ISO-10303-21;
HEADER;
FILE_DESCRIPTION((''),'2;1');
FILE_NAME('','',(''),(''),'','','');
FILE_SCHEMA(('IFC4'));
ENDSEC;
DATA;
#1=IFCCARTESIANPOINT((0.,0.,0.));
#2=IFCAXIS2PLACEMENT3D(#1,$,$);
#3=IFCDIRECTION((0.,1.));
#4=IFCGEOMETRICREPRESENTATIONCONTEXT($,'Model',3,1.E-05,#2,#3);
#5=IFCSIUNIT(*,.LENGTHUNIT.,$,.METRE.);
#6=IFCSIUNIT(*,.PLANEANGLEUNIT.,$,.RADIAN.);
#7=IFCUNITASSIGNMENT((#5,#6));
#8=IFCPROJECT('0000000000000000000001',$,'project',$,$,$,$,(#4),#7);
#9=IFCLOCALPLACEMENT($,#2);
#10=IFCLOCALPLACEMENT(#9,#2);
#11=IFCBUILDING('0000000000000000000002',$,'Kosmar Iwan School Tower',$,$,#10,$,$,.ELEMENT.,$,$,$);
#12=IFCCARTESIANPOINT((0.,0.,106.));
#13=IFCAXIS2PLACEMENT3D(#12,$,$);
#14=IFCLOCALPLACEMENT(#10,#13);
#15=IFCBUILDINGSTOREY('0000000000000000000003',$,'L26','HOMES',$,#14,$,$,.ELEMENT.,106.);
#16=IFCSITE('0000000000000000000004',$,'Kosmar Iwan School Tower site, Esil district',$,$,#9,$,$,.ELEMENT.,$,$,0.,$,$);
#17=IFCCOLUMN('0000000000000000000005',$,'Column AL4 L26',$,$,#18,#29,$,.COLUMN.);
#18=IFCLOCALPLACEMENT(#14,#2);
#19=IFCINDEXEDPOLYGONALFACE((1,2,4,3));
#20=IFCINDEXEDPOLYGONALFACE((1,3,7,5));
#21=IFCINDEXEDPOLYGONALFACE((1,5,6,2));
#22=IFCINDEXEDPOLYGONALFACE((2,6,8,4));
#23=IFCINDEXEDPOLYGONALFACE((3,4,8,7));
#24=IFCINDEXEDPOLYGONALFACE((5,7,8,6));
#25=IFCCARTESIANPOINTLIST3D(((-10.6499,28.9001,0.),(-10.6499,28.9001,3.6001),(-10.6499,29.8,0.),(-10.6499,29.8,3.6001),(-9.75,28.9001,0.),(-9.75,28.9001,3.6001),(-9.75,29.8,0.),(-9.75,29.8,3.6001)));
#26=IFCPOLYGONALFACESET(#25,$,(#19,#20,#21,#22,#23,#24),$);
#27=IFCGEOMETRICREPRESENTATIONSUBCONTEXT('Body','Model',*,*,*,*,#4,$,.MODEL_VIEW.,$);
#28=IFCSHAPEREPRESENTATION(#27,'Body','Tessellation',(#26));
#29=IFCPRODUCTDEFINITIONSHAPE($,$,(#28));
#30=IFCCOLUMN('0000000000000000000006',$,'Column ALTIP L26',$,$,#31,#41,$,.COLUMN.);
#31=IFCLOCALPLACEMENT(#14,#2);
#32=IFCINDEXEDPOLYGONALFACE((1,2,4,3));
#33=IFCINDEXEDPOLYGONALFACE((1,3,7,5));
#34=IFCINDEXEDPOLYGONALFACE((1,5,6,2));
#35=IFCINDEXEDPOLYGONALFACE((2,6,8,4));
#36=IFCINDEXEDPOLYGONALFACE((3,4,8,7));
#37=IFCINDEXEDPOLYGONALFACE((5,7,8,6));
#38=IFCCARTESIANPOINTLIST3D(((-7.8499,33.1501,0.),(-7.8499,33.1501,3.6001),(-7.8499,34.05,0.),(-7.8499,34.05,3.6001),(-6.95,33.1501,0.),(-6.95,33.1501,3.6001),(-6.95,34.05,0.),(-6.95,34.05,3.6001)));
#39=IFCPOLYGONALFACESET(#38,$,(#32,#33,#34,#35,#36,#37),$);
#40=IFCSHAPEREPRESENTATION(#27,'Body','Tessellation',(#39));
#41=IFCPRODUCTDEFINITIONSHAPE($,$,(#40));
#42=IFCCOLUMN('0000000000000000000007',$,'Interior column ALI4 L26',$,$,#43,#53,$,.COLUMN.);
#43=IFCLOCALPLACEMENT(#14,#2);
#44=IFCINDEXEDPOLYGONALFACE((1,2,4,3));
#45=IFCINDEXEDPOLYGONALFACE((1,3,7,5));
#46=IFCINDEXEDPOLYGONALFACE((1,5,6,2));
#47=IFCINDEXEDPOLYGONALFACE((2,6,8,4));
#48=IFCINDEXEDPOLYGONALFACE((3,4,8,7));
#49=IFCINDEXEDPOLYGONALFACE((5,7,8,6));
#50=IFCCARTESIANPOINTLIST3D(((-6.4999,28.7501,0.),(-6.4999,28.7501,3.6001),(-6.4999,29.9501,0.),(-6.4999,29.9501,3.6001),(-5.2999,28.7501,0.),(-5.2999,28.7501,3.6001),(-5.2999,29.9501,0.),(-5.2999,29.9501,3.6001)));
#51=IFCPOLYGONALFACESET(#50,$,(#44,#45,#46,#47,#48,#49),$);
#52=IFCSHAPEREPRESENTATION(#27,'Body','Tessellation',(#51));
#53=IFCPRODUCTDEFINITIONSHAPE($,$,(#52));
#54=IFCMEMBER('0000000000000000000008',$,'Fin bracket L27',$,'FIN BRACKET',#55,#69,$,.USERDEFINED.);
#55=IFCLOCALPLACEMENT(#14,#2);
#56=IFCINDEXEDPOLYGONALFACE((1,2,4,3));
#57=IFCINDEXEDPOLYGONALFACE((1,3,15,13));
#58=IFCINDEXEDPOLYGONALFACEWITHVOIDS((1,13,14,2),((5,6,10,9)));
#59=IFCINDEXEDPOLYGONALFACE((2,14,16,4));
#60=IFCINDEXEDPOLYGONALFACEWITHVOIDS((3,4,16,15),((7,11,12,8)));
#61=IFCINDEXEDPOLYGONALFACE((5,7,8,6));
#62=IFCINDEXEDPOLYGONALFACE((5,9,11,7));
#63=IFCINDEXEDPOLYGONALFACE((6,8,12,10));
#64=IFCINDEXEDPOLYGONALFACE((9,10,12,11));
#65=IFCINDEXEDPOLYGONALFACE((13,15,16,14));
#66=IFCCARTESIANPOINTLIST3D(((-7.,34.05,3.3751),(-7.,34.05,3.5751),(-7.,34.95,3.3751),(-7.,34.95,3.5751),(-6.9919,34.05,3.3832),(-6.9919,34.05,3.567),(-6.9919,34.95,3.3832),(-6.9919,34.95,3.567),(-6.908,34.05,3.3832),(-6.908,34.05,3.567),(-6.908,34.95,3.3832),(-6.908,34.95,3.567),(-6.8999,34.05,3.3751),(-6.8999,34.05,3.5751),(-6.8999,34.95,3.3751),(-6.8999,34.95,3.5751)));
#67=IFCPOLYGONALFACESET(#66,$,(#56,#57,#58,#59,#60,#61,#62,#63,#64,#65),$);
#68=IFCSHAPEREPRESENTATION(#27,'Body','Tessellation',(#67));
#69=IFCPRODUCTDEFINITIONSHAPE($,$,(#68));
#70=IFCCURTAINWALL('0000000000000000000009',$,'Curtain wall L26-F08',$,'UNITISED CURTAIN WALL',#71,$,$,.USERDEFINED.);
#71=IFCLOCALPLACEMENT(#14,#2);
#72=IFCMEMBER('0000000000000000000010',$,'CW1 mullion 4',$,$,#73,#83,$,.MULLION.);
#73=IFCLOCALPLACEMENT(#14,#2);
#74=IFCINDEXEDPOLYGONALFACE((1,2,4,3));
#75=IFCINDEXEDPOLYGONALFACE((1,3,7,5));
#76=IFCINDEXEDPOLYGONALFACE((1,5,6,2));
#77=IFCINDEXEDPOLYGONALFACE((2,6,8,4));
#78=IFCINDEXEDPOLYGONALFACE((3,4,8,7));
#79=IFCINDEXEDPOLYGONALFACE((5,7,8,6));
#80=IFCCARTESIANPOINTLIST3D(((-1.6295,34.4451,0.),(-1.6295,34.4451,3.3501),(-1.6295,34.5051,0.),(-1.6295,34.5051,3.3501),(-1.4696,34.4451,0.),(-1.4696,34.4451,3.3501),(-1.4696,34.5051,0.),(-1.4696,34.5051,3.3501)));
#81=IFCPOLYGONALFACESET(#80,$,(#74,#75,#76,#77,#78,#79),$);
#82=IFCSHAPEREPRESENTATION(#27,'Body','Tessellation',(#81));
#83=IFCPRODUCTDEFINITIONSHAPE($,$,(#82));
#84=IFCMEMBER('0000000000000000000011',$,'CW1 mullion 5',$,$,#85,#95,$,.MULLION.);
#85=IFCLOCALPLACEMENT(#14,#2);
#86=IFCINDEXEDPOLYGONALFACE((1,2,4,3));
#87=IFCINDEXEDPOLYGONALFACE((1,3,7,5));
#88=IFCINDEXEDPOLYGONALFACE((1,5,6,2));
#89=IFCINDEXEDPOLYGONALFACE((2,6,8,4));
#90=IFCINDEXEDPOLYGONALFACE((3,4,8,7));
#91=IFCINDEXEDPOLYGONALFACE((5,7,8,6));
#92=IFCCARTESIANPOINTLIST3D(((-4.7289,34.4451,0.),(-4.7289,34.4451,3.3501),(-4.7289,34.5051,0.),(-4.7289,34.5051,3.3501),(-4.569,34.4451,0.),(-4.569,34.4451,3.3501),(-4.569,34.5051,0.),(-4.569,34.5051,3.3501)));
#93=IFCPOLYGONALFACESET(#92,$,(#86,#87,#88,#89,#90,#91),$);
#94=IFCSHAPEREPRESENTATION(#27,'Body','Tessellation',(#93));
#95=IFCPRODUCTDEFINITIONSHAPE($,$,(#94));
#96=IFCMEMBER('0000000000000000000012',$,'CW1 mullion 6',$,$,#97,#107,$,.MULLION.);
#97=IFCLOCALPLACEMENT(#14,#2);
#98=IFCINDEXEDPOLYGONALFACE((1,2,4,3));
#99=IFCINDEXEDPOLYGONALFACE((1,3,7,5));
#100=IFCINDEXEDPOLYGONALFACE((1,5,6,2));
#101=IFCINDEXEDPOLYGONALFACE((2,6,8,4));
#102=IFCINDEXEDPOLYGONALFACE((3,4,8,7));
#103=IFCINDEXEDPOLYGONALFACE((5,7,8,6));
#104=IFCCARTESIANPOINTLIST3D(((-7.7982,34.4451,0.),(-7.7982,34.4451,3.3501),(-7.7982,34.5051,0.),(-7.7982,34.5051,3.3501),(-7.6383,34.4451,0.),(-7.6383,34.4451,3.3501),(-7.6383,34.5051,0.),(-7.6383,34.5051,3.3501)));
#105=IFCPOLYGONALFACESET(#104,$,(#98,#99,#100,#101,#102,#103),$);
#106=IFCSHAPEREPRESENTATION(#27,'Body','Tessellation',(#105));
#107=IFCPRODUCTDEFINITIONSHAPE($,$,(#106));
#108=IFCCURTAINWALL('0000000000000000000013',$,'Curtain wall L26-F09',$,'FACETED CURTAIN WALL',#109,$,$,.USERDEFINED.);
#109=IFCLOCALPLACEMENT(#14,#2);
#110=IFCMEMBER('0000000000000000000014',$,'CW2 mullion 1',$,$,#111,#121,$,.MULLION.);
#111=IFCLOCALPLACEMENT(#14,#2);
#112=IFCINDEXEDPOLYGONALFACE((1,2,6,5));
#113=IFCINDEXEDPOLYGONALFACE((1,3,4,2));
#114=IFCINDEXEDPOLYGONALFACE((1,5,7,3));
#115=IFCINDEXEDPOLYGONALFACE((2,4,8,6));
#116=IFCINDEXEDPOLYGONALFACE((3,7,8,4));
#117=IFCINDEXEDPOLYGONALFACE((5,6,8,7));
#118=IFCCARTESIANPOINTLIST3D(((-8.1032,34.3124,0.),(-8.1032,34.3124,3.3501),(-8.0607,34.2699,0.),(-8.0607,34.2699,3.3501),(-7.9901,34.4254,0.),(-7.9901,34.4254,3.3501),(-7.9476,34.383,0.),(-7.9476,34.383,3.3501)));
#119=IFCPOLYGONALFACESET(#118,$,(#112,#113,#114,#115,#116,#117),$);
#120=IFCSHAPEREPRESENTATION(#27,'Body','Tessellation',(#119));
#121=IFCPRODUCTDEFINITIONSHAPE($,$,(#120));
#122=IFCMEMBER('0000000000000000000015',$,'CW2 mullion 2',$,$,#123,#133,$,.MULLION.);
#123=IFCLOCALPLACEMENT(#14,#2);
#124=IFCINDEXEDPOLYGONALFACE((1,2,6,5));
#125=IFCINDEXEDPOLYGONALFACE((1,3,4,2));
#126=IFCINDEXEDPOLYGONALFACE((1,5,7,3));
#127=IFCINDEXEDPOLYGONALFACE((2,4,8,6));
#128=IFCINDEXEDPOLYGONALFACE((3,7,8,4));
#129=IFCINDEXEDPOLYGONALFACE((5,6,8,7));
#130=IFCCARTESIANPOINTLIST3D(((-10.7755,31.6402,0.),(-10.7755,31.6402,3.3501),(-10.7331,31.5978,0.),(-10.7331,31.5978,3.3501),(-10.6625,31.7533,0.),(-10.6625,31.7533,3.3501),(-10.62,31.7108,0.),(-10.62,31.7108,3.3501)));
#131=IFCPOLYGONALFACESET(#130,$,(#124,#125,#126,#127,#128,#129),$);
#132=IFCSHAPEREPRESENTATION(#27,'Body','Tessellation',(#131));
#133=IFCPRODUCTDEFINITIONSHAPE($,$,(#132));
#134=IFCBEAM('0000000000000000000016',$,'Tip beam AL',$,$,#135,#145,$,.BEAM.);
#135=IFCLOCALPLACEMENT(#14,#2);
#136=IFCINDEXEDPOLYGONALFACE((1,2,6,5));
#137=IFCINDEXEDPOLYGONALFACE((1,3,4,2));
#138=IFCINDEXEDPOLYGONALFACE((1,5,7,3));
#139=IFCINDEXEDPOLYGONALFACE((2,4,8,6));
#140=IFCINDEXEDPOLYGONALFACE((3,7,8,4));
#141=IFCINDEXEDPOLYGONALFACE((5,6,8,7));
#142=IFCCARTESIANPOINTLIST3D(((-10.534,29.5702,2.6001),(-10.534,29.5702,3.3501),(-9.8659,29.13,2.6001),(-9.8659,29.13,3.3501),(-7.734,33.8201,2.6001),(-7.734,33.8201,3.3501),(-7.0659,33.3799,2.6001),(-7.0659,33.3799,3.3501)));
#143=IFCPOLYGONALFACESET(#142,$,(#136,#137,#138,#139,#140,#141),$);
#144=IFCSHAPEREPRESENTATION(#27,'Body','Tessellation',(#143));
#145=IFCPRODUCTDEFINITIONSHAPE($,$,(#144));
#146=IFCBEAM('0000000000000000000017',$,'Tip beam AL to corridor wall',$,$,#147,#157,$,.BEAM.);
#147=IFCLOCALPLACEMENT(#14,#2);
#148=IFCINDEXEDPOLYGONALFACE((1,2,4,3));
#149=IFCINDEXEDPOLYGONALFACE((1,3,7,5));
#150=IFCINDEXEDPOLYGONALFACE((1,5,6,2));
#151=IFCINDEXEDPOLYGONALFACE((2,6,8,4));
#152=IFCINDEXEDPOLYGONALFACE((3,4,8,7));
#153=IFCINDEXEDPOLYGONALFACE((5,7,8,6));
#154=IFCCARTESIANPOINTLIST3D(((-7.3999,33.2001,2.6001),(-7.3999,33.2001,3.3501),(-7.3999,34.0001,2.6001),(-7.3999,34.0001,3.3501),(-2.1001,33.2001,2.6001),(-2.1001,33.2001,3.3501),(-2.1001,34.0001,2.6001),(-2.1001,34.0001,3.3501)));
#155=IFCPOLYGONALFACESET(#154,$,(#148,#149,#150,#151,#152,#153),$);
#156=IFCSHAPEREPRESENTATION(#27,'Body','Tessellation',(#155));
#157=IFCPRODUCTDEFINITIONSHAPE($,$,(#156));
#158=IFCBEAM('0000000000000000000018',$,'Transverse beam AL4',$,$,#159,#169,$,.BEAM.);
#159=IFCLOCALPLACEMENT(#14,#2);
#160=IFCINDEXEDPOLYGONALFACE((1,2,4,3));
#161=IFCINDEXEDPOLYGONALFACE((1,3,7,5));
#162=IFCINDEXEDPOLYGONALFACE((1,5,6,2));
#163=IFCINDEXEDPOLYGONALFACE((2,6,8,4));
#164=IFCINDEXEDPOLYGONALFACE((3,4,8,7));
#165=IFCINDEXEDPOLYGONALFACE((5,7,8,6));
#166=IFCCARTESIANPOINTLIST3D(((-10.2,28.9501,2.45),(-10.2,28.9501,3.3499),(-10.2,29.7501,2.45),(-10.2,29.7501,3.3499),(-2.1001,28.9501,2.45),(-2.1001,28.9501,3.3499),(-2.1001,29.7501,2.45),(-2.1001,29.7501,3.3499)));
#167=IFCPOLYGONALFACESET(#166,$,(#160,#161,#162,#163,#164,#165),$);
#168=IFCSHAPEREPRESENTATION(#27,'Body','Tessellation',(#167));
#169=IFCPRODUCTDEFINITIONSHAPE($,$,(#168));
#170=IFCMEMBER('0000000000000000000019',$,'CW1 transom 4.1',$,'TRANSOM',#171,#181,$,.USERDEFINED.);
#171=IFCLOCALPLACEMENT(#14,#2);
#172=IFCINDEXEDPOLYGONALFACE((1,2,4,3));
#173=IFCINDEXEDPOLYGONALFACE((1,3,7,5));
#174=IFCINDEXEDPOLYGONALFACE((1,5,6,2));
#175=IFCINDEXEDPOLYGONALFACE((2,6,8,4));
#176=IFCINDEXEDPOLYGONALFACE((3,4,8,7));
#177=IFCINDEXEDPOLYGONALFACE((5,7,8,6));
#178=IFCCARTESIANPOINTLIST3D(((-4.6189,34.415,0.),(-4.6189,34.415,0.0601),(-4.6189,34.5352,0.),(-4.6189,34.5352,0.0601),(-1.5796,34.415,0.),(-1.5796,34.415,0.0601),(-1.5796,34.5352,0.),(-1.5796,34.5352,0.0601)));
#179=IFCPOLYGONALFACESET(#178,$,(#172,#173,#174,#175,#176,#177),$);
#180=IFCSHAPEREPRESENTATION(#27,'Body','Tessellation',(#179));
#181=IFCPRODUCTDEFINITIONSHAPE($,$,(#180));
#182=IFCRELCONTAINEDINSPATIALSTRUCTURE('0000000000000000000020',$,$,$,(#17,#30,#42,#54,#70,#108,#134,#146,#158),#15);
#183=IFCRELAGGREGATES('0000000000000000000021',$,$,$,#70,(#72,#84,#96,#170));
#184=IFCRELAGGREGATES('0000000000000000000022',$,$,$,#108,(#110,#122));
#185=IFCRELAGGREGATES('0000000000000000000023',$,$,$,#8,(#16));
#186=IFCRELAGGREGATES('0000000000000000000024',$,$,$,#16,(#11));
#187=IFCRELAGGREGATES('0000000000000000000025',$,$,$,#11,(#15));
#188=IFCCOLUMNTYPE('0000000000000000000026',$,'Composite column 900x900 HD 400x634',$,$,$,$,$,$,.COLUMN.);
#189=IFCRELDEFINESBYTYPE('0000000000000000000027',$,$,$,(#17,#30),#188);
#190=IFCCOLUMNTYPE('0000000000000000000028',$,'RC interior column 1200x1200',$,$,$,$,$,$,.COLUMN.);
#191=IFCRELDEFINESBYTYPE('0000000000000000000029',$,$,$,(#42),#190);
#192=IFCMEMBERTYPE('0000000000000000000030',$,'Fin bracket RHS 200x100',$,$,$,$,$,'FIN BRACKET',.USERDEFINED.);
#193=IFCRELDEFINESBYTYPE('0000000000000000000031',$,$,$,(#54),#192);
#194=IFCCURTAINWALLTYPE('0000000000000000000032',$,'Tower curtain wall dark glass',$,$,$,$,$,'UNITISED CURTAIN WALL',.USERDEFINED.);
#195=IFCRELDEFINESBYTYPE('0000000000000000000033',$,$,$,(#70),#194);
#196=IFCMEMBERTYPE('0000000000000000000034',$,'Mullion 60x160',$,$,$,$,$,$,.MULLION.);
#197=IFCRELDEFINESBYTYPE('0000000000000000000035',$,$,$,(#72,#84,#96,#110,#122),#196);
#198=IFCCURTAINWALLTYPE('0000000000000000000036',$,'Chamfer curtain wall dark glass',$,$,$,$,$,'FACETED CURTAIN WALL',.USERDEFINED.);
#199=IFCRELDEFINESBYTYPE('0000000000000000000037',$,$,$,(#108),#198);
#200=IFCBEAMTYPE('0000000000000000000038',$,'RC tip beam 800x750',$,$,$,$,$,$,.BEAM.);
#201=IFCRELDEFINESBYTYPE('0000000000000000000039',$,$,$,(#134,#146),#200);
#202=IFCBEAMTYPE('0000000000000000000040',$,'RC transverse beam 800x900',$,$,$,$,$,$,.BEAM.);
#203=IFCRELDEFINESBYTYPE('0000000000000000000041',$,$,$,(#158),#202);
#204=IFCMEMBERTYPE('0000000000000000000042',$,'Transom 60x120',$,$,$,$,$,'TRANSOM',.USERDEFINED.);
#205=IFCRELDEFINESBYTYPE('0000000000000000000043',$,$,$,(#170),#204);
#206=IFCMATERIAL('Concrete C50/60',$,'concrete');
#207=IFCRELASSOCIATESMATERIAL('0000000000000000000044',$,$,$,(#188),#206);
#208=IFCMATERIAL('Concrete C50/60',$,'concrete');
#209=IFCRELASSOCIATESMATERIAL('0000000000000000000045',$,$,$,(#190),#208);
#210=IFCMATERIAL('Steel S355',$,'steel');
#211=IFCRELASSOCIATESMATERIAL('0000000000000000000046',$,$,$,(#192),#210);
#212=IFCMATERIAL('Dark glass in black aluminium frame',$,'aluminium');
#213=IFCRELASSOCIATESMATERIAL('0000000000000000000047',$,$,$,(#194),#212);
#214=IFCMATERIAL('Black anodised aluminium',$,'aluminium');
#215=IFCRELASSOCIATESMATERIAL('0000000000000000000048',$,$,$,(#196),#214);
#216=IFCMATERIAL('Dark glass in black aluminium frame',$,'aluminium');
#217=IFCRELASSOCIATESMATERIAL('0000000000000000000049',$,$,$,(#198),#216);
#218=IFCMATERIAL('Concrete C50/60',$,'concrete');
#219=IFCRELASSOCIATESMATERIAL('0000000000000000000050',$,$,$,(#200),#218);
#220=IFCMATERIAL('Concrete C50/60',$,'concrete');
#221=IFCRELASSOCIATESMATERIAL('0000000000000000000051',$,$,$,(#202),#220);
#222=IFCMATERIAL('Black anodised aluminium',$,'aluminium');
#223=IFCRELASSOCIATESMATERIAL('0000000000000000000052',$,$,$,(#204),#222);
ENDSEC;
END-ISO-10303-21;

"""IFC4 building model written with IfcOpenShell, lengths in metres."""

from ifc_helpers import new_model, si_unit, direction, frame, origin, origin_2d, place, context, subcontext, project, spatial, rectangle, hollow_rectangle, extrude, material, material_profile, profile_set, type_object, element, aggregate, save


model = new_model("IFC4")

# Units and contexts
model_context = context("Model", 3, precision=1e-05, world=origin(), true_north=direction((0.0, 1.0)))
body_context = subcontext(model_context, "Body", "Model", "MODEL_VIEW")
ifc_project = project(units=[si_unit("LENGTHUNIT", "METRE"), si_unit("PLANEANGLEUNIT", "RADIAN")], contexts=[model_context])

# Site, building, storey
site_placement = place(None, origin())
site = spatial("IfcSite", under=ifc_project, at=site_placement, Name="Kosmar Iwan School Tower site, Esil district", CompositionType="ELEMENT", RefElevation=0.0)
building_placement = place(site_placement, origin())
building = spatial("IfcBuilding", under=site, at=building_placement, Name="Kosmar Iwan School Tower", CompositionType="ELEMENT")
storey_placement = place(building_placement, frame((0.0, 0.0, 106.0)))
storey = spatial("IfcBuildingStorey", under=building, at=storey_placement, Name="L26", Description="HOMES", CompositionType="ELEMENT", Elevation=106.0)

# Columns
ifc_material_1 = material(Name="Concrete C50/60", Category="concrete")
ifc_material_profile_1 = material_profile(ifc_material_1, rectangle(XDim=0.8999, YDim=0.8999, at=origin_2d()), Name="RC 900x900 + HD 400x634")
ifc_profile_set_1 = profile_set([ifc_material_profile_1], Name="Concrete C50/60")
column_type_1 = type_object("IfcColumnType", Name="Composite column 900x900 HD 400x634", PredefinedType="COLUMN", material=ifc_profile_set_1)
for number, where, z_axis, x_axis, name in (
    (1, (-10.2, 29.3501, 0.0), (0.0, 0.0, 1.0), (0.0, 1.0, 0.0), "Column AL4 L26"),
    (2, (-7.3999, 33.6001, 0.0), (0.0, 0.0, 1.0), (0.0, 1.0, 0.0), "Column ALTIP L26"),
):
    element("IfcColumn", number, at=place(storey_placement, frame(where, z_axis=z_axis, x_axis=x_axis)), inside=storey, type_object=column_type_1, Name=name, PredefinedType="COLUMN", context=body_context, shape_type="SweptSolid", body=[
        extrude(rectangle(XDim=0.8999, YDim=0.8999, at=origin_2d()), origin(), (0.0, 0.0, 1.0), 3.6001),
    ])
ifc_material_2 = material(Name="Concrete C50/60", Category="concrete")
ifc_material_profile_2 = material_profile(ifc_material_2, rectangle(XDim=1.2, YDim=1.2, at=origin_2d()), Name="RC 1200x1200")
ifc_profile_set_2 = profile_set([ifc_material_profile_2], Name="Concrete C50/60")
column_type_2 = type_object("IfcColumnType", Name="RC interior column 1200x1200", PredefinedType="COLUMN", material=ifc_profile_set_2)
column_placement = place(storey_placement, frame((-5.8999, 29.3501, 0.0), z_axis=(0.0, 0.0, 1.0), x_axis=(0.0, 1.0, 0.0)))
element("IfcColumn", 3, at=column_placement, inside=storey, type_object=column_type_2, Name="Interior column ALI4 L26", PredefinedType="COLUMN", context=body_context, shape_type="SweptSolid", body=[
    extrude(rectangle(XDim=1.2, YDim=1.2, at=origin_2d()), origin(), (0.0, 0.0, 1.0), 3.6001),
])

# Member
ifc_material_3 = material(Name="Steel S355", Category="steel")
ifc_material_profile_3 = material_profile(ifc_material_3, hollow_rectangle(XDim=0.1001, YDim=0.2, WallThickness=0.0081, at=origin_2d()), Name="RHS 200x100x8")
ifc_profile_set_3 = profile_set([ifc_material_profile_3], Name="Steel S355")
member_type_1 = type_object("IfcMemberType", Name="Fin bracket RHS 200x100", ElementType="FIN BRACKET", PredefinedType="USERDEFINED", material=ifc_profile_set_3)
member_1_placement = place(storey_placement, frame((-6.95, 34.05, 3.4751), z_axis=(0.0, 1.0, 0.0), x_axis=(-1.0, 0.0, 0.0)))
element("IfcMember", 4, at=member_1_placement, inside=storey, type_object=member_type_1, Name="Fin bracket L27", ObjectType="FIN BRACKET", PredefinedType="USERDEFINED", context=body_context, shape_type="SweptSolid", body=[
    extrude(hollow_rectangle(XDim=0.1001, YDim=0.2, WallThickness=0.0081, at=origin_2d()), origin(), (0.0, 0.0, 1.0), 0.8999),
])

# Curtain walls, members
ifc_material_4 = material(Name="Dark glass in black aluminium frame", Category="aluminium")
curtain_wall_type_1 = type_object("IfcCurtainWallType", Name="Tower curtain wall dark glass", ElementType="UNITISED CURTAIN WALL", PredefinedType="USERDEFINED", material=ifc_material_4)
curtain_wall_1_placement = place(storey_placement, origin())
curtain_wall_1 = element("IfcCurtainWall", 5, at=curtain_wall_1_placement, inside=storey, type_object=curtain_wall_type_1, Name="Curtain wall L26-F08", ObjectType="UNITISED CURTAIN WALL", PredefinedType="USERDEFINED")
ifc_material_5 = material(Name="Black anodised aluminium", Category="aluminium")
ifc_material_profile_4 = material_profile(ifc_material_5, rectangle(XDim=0.0601, YDim=0.1599, at=origin_2d()), Name="MULLION 60x160")
ifc_profile_set_4 = profile_set([ifc_material_profile_4], Name="Black anodised aluminium")
member_type_2 = type_object("IfcMemberType", Name="Mullion 60x160", PredefinedType="MULLION", material=ifc_profile_set_4)
member_2_placement = place(storey_placement, frame((-1.5496, 34.4751, 0.0), z_axis=(0.0, 0.0, 1.0), x_axis=(0.0, -1.0, 0.0)))
member_2 = element("IfcMember", 6, at=member_2_placement, type_object=member_type_2, Name="CW1 mullion 4", PredefinedType="MULLION", context=body_context, shape_type="SweptSolid", body=[
    extrude(rectangle(XDim=0.0601, YDim=0.1599, at=origin_2d()), origin(), (0.0, 0.0, 1.0), 3.3501),
])
member_3_placement = place(storey_placement, frame((-4.6489, 34.4751, 0.0), z_axis=(0.0, 0.0, 1.0), x_axis=(0.0, -1.0, 0.0)))
member_3 = element("IfcMember", 7, at=member_3_placement, type_object=member_type_2, Name="CW1 mullion 5", PredefinedType="MULLION", context=body_context, shape_type="SweptSolid", body=[
    extrude(rectangle(XDim=0.0601, YDim=0.1599, at=origin_2d()), origin(), (0.0, 0.0, 1.0), 3.3501),
])
member_4_placement = place(storey_placement, frame((-7.7183, 34.4751, 0.0), z_axis=(0.0, 0.0, 1.0), x_axis=(0.0, -1.0, 0.0)))
member_4 = element("IfcMember", 8, at=member_4_placement, type_object=member_type_2, Name="CW1 mullion 6", PredefinedType="MULLION", context=body_context, shape_type="SweptSolid", body=[
    extrude(rectangle(XDim=0.0601, YDim=0.1599, at=origin_2d()), origin(), (0.0, 0.0, 1.0), 3.3501),
])
ifc_material_6 = material(Name="Dark glass in black aluminium frame", Category="aluminium")
curtain_wall_type_2 = type_object("IfcCurtainWallType", Name="Chamfer curtain wall dark glass", ElementType="FACETED CURTAIN WALL", PredefinedType="USERDEFINED", material=ifc_material_6)
curtain_wall_2_placement = place(storey_placement, origin())
curtain_wall_2 = element("IfcCurtainWall", 9, at=curtain_wall_2_placement, inside=storey, type_object=curtain_wall_type_2, Name="Curtain wall L26-F09", ObjectType="FACETED CURTAIN WALL", PredefinedType="USERDEFINED")
member_5_placement = place(storey_placement, frame((-8.0254, 34.3477, 0.0), z_axis=(0.0, 0.0, 1.0), x_axis=(0.707107, -0.707107, 0.0)))
member_5 = element("IfcMember", 10, at=member_5_placement, type_object=member_type_2, Name="CW2 mullion 1", PredefinedType="MULLION", context=body_context, shape_type="SweptSolid", body=[
    extrude(rectangle(XDim=0.0601, YDim=0.1599, at=origin_2d()), origin(), (0.0, 0.0, 1.0), 3.3501),
])
member_6_placement = place(storey_placement, frame((-10.6978, 31.6755, 0.0), z_axis=(0.0, 0.0, 1.0), x_axis=(0.707107, -0.707107, 0.0)))
member_6 = element("IfcMember", 11, at=member_6_placement, type_object=member_type_2, Name="CW2 mullion 2", PredefinedType="MULLION", context=body_context, shape_type="SweptSolid", body=[
    extrude(rectangle(XDim=0.0601, YDim=0.1599, at=origin_2d()), origin(), (0.0, 0.0, 1.0), 3.3501),
])

# Beams
ifc_material_7 = material(Name="Concrete C50/60", Category="concrete")
ifc_material_profile_5 = material_profile(ifc_material_7, rectangle(XDim=0.8, YDim=0.75, at=origin_2d()), Name="RC 800x750")
ifc_profile_set_5 = profile_set([ifc_material_profile_5], Name="Concrete C50/60")
beam_type_1 = type_object("IfcBeamType", Name="RC tip beam 800x750", PredefinedType="BEAM", material=ifc_profile_set_5)
beam_1_placement = place(storey_placement, frame((-10.2, 29.3501, 2.9751), z_axis=(0.550164, 0.835056, 0.0), x_axis=(-0.835056, 0.550164, 0.0)))
element("IfcBeam", 12, at=beam_1_placement, inside=storey, type_object=beam_type_1, Name="Tip beam AL", PredefinedType="BEAM", context=body_context, shape_type="SweptSolid", body=[
    extrude(rectangle(XDim=0.8, YDim=0.75, at=origin_2d()), origin(), (0.0, 0.0, 1.0), 5.0894),
])
beam_2_placement = place(storey_placement, frame((-7.3999, 33.6001, 2.9751), z_axis=(1.0, 0.0, 0.0), x_axis=(0.0, 1.0, 0.0)))
element("IfcBeam", 13, at=beam_2_placement, inside=storey, type_object=beam_type_1, Name="Tip beam AL to corridor wall", PredefinedType="BEAM", context=body_context, shape_type="SweptSolid", body=[
    extrude(rectangle(XDim=0.8, YDim=0.75, at=origin_2d()), origin(), (0.0, 0.0, 1.0), 5.2998),
])
ifc_material_8 = material(Name="Concrete C50/60", Category="concrete")
ifc_material_profile_6 = material_profile(ifc_material_8, rectangle(XDim=0.8, YDim=0.8999, at=origin_2d()), Name="RC 800x900")
ifc_profile_set_6 = profile_set([ifc_material_profile_6], Name="Concrete C50/60")
beam_type_2 = type_object("IfcBeamType", Name="RC transverse beam 800x900", PredefinedType="BEAM", material=ifc_profile_set_6)
beam_3_placement = place(storey_placement, frame((-10.2, 29.3501, 2.8999), z_axis=(1.0, 0.0, 0.0), x_axis=(0.0, 1.0, 0.0)))
element("IfcBeam", 14, at=beam_3_placement, inside=storey, type_object=beam_type_2, Name="Transverse beam AL4", PredefinedType="BEAM", context=body_context, shape_type="SweptSolid", body=[
    extrude(rectangle(XDim=0.8, YDim=0.8999, at=origin_2d()), origin(), (0.0, 0.0, 1.0), 8.0999),
])

# Member
ifc_material_9 = material(Name="Black anodised aluminium", Category="aluminium")
ifc_material_profile_7 = material_profile(ifc_material_9, rectangle(XDim=0.1201, YDim=0.0601, at=origin_2d()), Name="TRANSOM 60x120")
ifc_profile_set_7 = profile_set([ifc_material_profile_7], Name="Black anodised aluminium")
member_type_3 = type_object("IfcMemberType", Name="Transom 60x120", ElementType="TRANSOM", PredefinedType="USERDEFINED", material=ifc_profile_set_7)
member_7_placement = place(storey_placement, frame((-1.5796, 34.4751, 0.03), z_axis=(-1.0, 0.0, 0.0), x_axis=(0.0, -1.0, 0.0)))
member_7 = element("IfcMember", 15, at=member_7_placement, type_object=member_type_3, Name="CW1 transom 4.1", ObjectType="TRANSOM", PredefinedType="USERDEFINED", context=body_context, shape_type="SweptSolid", body=[
    extrude(rectangle(XDim=0.1201, YDim=0.0601, at=origin_2d()), origin(), (0.0, 0.0, 1.0), 3.0393),
])

aggregate(curtain_wall_1, [member_2, member_3, member_4, member_7])
aggregate(curtain_wall_2, [member_5, member_6])

save(model, "model.ifc")
